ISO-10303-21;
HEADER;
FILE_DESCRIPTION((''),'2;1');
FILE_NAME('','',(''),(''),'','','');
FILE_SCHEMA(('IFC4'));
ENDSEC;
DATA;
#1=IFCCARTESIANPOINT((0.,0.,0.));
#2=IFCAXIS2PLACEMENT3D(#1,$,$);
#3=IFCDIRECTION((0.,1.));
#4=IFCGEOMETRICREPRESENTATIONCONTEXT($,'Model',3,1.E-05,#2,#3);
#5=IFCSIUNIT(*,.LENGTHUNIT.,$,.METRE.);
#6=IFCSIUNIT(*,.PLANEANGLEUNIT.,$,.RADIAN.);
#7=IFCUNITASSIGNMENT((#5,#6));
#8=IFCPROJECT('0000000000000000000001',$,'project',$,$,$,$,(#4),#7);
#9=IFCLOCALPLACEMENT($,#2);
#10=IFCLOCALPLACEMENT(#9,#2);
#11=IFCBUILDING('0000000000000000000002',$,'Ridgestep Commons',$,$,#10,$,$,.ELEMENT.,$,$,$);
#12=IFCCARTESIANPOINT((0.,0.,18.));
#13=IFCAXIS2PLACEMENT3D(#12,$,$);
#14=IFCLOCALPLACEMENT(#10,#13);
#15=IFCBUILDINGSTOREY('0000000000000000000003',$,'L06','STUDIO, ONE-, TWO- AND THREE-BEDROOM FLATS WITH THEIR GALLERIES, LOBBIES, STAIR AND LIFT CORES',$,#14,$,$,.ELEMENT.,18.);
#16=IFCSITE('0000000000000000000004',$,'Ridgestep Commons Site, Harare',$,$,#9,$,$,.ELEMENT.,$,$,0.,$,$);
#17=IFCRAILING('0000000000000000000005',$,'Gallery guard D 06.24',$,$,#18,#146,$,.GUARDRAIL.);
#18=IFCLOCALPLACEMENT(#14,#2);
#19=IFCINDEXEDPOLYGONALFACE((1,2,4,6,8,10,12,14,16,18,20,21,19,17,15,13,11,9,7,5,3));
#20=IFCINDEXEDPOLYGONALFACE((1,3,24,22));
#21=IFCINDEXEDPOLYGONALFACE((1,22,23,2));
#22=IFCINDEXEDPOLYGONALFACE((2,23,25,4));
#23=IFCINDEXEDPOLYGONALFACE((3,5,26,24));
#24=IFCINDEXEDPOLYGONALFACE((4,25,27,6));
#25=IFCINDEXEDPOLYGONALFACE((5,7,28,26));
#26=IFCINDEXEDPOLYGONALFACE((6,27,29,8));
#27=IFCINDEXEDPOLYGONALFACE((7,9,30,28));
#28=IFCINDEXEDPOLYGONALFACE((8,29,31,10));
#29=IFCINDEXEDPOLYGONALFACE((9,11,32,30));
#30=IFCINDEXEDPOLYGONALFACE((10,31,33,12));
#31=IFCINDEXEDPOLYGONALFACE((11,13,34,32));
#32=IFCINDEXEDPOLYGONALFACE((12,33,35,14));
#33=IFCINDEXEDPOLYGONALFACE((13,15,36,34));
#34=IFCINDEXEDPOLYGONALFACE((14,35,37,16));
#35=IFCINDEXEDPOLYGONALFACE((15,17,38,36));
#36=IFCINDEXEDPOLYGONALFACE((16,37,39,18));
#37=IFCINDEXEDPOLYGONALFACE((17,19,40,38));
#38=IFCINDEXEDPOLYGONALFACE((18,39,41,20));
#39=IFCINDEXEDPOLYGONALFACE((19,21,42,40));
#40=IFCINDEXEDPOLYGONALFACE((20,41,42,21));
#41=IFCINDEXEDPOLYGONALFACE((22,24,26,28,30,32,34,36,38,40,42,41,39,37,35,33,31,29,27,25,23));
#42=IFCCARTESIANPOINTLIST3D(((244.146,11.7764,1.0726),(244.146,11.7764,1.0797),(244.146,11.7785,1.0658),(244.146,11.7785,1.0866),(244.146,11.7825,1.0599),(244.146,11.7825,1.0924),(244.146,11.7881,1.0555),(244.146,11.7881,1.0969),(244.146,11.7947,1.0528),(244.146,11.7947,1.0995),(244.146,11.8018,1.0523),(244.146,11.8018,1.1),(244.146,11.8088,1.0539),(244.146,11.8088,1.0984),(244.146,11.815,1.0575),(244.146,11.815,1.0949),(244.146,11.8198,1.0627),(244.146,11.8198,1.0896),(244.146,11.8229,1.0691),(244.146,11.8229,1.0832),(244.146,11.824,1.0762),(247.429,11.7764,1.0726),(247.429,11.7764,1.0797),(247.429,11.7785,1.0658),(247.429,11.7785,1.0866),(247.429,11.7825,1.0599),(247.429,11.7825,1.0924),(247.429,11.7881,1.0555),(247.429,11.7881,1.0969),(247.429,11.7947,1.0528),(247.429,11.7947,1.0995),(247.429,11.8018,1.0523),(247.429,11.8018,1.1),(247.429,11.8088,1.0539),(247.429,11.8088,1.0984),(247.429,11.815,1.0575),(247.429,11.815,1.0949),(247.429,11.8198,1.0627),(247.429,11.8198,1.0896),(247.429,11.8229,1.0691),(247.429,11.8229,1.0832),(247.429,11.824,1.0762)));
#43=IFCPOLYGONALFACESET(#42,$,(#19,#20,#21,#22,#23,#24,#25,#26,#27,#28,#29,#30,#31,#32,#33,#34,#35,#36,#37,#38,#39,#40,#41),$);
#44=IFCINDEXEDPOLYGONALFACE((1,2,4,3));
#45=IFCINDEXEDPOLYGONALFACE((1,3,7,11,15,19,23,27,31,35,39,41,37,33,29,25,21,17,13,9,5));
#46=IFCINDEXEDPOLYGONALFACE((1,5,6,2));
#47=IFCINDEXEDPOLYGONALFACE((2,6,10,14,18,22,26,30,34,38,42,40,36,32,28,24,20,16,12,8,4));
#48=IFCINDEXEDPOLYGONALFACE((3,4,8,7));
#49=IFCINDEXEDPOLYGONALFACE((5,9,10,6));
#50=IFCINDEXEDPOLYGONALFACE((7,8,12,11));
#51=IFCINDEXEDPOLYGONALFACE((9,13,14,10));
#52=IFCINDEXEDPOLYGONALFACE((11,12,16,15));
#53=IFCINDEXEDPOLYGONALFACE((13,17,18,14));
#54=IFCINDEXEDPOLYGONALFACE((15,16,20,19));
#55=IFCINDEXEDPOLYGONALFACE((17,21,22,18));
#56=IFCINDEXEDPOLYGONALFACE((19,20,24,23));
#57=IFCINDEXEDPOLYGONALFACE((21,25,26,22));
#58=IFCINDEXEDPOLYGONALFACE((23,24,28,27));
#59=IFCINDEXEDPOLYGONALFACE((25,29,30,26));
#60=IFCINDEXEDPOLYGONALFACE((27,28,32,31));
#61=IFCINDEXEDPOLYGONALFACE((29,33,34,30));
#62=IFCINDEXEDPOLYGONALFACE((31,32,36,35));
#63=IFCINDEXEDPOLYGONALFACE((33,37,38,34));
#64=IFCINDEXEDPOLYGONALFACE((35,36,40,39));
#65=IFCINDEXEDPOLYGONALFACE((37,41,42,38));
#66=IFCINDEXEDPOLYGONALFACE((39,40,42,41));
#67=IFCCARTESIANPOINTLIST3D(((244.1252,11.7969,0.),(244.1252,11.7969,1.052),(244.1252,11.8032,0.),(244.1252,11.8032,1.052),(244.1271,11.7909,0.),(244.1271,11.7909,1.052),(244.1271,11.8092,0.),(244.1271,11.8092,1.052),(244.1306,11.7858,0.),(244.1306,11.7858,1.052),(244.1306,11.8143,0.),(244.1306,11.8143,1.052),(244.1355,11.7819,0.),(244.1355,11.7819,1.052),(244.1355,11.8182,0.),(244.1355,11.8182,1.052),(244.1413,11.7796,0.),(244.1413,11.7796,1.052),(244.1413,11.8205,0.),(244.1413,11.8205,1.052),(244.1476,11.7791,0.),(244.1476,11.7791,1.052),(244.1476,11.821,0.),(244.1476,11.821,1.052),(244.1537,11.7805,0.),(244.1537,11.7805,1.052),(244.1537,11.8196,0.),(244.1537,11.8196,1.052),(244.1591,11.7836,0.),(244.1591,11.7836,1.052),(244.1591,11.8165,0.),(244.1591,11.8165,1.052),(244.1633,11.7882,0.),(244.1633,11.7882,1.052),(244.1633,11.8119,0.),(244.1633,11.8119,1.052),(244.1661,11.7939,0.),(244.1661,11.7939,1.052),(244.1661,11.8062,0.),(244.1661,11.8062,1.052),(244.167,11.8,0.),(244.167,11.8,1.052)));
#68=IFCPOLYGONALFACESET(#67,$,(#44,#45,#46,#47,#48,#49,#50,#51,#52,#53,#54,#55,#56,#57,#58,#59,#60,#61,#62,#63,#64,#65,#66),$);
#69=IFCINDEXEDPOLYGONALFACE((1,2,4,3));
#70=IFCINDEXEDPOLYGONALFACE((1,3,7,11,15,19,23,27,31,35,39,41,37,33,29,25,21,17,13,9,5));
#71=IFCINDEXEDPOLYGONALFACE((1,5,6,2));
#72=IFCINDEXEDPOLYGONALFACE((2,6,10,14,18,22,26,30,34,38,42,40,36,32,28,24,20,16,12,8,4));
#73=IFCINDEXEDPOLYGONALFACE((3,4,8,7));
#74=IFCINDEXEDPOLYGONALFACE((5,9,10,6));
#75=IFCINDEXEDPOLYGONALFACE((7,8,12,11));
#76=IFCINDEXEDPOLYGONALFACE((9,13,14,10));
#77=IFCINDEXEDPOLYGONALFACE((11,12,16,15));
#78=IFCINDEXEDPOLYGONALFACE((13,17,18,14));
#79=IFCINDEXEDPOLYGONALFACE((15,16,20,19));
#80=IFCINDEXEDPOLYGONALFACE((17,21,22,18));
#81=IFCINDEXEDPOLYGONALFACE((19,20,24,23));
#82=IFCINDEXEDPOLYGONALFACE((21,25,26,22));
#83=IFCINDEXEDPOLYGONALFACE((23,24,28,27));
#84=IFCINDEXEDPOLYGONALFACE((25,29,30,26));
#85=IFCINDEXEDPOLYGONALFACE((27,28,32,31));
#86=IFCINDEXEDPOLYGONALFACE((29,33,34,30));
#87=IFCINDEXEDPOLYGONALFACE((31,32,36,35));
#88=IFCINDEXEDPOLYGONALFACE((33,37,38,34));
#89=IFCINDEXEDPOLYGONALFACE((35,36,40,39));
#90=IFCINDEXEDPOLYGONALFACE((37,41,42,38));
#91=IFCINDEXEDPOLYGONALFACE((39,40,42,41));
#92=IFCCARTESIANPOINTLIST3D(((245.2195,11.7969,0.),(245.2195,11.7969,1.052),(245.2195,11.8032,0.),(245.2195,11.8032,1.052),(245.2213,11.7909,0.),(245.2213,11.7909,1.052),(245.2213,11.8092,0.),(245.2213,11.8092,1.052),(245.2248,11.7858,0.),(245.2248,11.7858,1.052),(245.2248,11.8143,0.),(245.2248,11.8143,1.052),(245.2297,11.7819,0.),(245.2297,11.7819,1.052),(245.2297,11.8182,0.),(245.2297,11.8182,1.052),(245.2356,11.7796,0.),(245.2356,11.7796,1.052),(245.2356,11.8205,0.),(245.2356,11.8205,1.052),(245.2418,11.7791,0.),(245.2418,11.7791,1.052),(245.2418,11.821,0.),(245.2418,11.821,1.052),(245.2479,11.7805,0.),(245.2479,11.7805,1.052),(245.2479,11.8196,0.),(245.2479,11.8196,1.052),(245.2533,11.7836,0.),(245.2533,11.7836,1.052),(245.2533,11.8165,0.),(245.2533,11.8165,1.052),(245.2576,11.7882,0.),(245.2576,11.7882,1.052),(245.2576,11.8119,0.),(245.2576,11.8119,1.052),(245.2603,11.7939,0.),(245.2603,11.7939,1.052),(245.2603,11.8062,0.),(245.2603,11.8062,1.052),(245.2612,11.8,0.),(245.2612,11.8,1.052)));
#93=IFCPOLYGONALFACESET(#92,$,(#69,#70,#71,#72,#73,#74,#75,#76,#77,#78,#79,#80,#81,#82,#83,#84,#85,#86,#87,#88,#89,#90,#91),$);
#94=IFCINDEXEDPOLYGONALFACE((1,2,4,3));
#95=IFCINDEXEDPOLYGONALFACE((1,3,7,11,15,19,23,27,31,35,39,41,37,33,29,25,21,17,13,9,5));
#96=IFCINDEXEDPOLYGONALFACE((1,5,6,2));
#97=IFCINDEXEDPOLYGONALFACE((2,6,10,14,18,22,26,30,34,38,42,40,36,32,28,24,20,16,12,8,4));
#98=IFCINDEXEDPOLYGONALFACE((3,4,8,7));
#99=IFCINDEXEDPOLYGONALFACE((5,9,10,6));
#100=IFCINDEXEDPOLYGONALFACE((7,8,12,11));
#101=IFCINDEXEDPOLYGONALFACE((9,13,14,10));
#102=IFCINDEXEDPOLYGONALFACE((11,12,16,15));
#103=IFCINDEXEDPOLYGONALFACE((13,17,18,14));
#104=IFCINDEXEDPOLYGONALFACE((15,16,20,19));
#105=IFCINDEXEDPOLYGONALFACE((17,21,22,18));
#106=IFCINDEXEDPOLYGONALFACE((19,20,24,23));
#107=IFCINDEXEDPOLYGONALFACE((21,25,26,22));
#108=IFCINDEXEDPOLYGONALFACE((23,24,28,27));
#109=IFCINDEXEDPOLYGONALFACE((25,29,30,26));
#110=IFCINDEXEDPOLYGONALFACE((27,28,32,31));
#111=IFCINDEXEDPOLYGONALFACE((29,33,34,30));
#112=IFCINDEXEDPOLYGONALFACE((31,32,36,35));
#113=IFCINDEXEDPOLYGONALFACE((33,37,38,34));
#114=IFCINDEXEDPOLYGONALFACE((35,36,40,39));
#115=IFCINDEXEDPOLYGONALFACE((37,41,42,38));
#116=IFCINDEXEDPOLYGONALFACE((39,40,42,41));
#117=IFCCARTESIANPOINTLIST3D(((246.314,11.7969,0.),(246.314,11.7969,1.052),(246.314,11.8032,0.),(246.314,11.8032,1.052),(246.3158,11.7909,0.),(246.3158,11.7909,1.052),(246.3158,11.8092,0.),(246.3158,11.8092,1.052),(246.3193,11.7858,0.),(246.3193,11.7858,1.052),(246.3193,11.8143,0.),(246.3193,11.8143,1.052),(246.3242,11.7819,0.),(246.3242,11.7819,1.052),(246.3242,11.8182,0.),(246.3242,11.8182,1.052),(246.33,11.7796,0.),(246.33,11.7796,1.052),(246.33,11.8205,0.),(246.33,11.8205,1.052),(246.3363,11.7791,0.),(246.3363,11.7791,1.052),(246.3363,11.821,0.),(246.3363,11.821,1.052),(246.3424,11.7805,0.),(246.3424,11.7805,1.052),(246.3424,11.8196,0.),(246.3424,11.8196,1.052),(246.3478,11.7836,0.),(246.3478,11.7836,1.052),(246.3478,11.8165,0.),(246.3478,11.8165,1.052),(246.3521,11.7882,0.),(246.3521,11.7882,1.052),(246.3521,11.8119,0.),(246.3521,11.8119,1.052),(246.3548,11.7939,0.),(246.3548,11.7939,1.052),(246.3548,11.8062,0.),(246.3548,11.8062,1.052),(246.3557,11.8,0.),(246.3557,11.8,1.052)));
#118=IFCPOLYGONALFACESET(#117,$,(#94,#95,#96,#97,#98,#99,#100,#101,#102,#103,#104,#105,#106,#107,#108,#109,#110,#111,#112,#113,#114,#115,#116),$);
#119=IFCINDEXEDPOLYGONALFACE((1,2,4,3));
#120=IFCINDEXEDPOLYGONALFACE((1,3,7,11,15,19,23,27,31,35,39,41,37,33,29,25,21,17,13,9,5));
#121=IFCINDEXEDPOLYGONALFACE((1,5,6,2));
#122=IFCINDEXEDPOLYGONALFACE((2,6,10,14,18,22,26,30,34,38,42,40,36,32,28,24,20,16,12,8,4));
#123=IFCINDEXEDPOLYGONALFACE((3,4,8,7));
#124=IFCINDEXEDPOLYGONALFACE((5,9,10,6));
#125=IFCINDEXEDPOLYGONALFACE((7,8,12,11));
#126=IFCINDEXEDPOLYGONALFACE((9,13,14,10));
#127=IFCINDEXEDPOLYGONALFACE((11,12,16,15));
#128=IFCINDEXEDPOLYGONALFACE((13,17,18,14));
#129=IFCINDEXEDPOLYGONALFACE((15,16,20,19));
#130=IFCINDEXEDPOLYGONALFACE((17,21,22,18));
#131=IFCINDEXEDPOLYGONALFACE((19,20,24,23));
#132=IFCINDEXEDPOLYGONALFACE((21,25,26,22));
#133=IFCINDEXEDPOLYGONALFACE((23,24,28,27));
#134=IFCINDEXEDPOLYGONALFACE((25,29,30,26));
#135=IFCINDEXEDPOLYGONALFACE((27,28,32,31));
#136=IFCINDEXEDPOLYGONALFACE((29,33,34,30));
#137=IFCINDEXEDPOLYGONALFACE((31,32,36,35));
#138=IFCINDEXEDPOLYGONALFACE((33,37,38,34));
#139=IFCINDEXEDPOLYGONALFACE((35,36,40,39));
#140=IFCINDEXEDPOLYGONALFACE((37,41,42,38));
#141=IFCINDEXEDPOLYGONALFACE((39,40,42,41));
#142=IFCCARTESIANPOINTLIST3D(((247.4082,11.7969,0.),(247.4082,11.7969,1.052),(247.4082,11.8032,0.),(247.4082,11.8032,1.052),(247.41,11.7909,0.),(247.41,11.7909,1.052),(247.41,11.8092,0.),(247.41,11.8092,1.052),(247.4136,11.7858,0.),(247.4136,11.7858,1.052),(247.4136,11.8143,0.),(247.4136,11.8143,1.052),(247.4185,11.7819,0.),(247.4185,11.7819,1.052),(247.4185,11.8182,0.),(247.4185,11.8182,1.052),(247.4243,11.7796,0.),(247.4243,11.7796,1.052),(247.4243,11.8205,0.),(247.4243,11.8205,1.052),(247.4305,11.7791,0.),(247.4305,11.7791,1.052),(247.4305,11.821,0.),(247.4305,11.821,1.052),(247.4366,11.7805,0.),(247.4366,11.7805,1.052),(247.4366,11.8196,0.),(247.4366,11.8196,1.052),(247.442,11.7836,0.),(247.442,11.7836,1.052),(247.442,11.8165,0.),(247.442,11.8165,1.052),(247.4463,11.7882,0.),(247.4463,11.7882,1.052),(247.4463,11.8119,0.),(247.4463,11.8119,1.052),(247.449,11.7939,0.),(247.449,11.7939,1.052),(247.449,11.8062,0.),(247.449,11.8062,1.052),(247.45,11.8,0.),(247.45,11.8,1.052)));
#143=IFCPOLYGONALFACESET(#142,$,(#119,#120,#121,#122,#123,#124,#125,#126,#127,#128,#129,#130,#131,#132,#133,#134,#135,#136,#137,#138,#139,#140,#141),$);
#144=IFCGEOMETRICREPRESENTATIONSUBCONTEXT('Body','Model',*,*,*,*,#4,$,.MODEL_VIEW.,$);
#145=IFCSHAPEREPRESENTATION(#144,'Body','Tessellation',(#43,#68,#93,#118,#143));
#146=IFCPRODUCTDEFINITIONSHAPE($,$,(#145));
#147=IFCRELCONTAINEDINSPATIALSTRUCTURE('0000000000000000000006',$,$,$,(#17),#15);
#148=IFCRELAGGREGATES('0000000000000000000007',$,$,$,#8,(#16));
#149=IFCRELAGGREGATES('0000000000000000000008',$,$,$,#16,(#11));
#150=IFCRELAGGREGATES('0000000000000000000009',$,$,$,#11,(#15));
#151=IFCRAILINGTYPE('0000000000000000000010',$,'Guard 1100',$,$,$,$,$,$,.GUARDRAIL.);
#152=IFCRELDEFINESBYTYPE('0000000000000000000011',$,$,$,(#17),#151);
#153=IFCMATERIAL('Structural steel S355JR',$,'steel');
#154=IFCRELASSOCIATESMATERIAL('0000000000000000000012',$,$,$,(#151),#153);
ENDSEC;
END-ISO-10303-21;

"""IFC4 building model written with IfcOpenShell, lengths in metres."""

from ifc_helpers import new_model, si_unit, direction, frame, origin, origin_2d, place, context, subcontext, project, spatial, circle, extrude, material, type_object, element, save


model = new_model("IFC4")

# Units and contexts
model_context = context("Model", 3, precision=1e-05, world=origin(), true_north=direction((0.0, 1.0)))
body_context = subcontext(model_context, "Body", "Model", "MODEL_VIEW")
ifc_project = project(units=[si_unit("LENGTHUNIT", "METRE"), si_unit("PLANEANGLEUNIT", "RADIAN")], contexts=[model_context])

# Site, building, storey
site_placement = place(None, origin())
site = spatial("IfcSite", under=ifc_project, at=site_placement, Name="Ridgestep Commons Site, Harare", CompositionType="ELEMENT", RefElevation=0.0)
building_placement = place(site_placement, origin())
building = spatial("IfcBuilding", under=site, at=building_placement, Name="Ridgestep Commons", CompositionType="ELEMENT")
storey_placement = place(building_placement, frame((0.0, 0.0, 18.0)))
storey = spatial("IfcBuildingStorey", under=building, at=storey_placement, Name="L06", Description="STUDIO, ONE-, TWO- AND THREE-BEDROOM FLATS WITH THEIR GALLERIES, LOBBIES, STAIR AND LIFT CORES", CompositionType="ELEMENT", Elevation=18.0)

# Railing
ifc_material_1 = material(Name="Structural steel S355JR", Category="steel")
railing_type = type_object("IfcRailingType", Name="Guard 1100", PredefinedType="GUARDRAIL", material=ifc_material_1)
railing_1_placement = place(storey_placement, frame((244.146, 11.8, 0.0)))
element("IfcRailing", 1, at=railing_1_placement, inside=storey, type_object=railing_type, Name="Gallery guard D 06.24", PredefinedType="GUARDRAIL", context=body_context, shape_type="SweptSolid", body=[
    extrude(circle(Radius=0.0239, at=origin_2d()), frame((0.0, 0.0, 1.0762), z_axis=(1.0, 0.0, 0.0), x_axis=(0.0, 1.0, 0.0)), (0.0, 0.0, 1.0), 3.283),
    extrude(circle(Radius=0.021, at=origin_2d()), origin(), (0.0, 0.0, 1.0), 1.052),
    extrude(circle(Radius=0.021, at=origin_2d()), frame((1.0942, 0.0, 0.0)), (0.0, 0.0, 1.0), 1.052),
    extrude(circle(Radius=0.021, at=origin_2d()), frame((2.1887, 0.0, 0.0)), (0.0, 0.0, 1.0), 1.052),
    extrude(circle(Radius=0.021, at=origin_2d()), frame((3.283, 0.0, 0.0)), (0.0, 0.0, 1.0), 1.052),
])

save(model, "model.ifc")
